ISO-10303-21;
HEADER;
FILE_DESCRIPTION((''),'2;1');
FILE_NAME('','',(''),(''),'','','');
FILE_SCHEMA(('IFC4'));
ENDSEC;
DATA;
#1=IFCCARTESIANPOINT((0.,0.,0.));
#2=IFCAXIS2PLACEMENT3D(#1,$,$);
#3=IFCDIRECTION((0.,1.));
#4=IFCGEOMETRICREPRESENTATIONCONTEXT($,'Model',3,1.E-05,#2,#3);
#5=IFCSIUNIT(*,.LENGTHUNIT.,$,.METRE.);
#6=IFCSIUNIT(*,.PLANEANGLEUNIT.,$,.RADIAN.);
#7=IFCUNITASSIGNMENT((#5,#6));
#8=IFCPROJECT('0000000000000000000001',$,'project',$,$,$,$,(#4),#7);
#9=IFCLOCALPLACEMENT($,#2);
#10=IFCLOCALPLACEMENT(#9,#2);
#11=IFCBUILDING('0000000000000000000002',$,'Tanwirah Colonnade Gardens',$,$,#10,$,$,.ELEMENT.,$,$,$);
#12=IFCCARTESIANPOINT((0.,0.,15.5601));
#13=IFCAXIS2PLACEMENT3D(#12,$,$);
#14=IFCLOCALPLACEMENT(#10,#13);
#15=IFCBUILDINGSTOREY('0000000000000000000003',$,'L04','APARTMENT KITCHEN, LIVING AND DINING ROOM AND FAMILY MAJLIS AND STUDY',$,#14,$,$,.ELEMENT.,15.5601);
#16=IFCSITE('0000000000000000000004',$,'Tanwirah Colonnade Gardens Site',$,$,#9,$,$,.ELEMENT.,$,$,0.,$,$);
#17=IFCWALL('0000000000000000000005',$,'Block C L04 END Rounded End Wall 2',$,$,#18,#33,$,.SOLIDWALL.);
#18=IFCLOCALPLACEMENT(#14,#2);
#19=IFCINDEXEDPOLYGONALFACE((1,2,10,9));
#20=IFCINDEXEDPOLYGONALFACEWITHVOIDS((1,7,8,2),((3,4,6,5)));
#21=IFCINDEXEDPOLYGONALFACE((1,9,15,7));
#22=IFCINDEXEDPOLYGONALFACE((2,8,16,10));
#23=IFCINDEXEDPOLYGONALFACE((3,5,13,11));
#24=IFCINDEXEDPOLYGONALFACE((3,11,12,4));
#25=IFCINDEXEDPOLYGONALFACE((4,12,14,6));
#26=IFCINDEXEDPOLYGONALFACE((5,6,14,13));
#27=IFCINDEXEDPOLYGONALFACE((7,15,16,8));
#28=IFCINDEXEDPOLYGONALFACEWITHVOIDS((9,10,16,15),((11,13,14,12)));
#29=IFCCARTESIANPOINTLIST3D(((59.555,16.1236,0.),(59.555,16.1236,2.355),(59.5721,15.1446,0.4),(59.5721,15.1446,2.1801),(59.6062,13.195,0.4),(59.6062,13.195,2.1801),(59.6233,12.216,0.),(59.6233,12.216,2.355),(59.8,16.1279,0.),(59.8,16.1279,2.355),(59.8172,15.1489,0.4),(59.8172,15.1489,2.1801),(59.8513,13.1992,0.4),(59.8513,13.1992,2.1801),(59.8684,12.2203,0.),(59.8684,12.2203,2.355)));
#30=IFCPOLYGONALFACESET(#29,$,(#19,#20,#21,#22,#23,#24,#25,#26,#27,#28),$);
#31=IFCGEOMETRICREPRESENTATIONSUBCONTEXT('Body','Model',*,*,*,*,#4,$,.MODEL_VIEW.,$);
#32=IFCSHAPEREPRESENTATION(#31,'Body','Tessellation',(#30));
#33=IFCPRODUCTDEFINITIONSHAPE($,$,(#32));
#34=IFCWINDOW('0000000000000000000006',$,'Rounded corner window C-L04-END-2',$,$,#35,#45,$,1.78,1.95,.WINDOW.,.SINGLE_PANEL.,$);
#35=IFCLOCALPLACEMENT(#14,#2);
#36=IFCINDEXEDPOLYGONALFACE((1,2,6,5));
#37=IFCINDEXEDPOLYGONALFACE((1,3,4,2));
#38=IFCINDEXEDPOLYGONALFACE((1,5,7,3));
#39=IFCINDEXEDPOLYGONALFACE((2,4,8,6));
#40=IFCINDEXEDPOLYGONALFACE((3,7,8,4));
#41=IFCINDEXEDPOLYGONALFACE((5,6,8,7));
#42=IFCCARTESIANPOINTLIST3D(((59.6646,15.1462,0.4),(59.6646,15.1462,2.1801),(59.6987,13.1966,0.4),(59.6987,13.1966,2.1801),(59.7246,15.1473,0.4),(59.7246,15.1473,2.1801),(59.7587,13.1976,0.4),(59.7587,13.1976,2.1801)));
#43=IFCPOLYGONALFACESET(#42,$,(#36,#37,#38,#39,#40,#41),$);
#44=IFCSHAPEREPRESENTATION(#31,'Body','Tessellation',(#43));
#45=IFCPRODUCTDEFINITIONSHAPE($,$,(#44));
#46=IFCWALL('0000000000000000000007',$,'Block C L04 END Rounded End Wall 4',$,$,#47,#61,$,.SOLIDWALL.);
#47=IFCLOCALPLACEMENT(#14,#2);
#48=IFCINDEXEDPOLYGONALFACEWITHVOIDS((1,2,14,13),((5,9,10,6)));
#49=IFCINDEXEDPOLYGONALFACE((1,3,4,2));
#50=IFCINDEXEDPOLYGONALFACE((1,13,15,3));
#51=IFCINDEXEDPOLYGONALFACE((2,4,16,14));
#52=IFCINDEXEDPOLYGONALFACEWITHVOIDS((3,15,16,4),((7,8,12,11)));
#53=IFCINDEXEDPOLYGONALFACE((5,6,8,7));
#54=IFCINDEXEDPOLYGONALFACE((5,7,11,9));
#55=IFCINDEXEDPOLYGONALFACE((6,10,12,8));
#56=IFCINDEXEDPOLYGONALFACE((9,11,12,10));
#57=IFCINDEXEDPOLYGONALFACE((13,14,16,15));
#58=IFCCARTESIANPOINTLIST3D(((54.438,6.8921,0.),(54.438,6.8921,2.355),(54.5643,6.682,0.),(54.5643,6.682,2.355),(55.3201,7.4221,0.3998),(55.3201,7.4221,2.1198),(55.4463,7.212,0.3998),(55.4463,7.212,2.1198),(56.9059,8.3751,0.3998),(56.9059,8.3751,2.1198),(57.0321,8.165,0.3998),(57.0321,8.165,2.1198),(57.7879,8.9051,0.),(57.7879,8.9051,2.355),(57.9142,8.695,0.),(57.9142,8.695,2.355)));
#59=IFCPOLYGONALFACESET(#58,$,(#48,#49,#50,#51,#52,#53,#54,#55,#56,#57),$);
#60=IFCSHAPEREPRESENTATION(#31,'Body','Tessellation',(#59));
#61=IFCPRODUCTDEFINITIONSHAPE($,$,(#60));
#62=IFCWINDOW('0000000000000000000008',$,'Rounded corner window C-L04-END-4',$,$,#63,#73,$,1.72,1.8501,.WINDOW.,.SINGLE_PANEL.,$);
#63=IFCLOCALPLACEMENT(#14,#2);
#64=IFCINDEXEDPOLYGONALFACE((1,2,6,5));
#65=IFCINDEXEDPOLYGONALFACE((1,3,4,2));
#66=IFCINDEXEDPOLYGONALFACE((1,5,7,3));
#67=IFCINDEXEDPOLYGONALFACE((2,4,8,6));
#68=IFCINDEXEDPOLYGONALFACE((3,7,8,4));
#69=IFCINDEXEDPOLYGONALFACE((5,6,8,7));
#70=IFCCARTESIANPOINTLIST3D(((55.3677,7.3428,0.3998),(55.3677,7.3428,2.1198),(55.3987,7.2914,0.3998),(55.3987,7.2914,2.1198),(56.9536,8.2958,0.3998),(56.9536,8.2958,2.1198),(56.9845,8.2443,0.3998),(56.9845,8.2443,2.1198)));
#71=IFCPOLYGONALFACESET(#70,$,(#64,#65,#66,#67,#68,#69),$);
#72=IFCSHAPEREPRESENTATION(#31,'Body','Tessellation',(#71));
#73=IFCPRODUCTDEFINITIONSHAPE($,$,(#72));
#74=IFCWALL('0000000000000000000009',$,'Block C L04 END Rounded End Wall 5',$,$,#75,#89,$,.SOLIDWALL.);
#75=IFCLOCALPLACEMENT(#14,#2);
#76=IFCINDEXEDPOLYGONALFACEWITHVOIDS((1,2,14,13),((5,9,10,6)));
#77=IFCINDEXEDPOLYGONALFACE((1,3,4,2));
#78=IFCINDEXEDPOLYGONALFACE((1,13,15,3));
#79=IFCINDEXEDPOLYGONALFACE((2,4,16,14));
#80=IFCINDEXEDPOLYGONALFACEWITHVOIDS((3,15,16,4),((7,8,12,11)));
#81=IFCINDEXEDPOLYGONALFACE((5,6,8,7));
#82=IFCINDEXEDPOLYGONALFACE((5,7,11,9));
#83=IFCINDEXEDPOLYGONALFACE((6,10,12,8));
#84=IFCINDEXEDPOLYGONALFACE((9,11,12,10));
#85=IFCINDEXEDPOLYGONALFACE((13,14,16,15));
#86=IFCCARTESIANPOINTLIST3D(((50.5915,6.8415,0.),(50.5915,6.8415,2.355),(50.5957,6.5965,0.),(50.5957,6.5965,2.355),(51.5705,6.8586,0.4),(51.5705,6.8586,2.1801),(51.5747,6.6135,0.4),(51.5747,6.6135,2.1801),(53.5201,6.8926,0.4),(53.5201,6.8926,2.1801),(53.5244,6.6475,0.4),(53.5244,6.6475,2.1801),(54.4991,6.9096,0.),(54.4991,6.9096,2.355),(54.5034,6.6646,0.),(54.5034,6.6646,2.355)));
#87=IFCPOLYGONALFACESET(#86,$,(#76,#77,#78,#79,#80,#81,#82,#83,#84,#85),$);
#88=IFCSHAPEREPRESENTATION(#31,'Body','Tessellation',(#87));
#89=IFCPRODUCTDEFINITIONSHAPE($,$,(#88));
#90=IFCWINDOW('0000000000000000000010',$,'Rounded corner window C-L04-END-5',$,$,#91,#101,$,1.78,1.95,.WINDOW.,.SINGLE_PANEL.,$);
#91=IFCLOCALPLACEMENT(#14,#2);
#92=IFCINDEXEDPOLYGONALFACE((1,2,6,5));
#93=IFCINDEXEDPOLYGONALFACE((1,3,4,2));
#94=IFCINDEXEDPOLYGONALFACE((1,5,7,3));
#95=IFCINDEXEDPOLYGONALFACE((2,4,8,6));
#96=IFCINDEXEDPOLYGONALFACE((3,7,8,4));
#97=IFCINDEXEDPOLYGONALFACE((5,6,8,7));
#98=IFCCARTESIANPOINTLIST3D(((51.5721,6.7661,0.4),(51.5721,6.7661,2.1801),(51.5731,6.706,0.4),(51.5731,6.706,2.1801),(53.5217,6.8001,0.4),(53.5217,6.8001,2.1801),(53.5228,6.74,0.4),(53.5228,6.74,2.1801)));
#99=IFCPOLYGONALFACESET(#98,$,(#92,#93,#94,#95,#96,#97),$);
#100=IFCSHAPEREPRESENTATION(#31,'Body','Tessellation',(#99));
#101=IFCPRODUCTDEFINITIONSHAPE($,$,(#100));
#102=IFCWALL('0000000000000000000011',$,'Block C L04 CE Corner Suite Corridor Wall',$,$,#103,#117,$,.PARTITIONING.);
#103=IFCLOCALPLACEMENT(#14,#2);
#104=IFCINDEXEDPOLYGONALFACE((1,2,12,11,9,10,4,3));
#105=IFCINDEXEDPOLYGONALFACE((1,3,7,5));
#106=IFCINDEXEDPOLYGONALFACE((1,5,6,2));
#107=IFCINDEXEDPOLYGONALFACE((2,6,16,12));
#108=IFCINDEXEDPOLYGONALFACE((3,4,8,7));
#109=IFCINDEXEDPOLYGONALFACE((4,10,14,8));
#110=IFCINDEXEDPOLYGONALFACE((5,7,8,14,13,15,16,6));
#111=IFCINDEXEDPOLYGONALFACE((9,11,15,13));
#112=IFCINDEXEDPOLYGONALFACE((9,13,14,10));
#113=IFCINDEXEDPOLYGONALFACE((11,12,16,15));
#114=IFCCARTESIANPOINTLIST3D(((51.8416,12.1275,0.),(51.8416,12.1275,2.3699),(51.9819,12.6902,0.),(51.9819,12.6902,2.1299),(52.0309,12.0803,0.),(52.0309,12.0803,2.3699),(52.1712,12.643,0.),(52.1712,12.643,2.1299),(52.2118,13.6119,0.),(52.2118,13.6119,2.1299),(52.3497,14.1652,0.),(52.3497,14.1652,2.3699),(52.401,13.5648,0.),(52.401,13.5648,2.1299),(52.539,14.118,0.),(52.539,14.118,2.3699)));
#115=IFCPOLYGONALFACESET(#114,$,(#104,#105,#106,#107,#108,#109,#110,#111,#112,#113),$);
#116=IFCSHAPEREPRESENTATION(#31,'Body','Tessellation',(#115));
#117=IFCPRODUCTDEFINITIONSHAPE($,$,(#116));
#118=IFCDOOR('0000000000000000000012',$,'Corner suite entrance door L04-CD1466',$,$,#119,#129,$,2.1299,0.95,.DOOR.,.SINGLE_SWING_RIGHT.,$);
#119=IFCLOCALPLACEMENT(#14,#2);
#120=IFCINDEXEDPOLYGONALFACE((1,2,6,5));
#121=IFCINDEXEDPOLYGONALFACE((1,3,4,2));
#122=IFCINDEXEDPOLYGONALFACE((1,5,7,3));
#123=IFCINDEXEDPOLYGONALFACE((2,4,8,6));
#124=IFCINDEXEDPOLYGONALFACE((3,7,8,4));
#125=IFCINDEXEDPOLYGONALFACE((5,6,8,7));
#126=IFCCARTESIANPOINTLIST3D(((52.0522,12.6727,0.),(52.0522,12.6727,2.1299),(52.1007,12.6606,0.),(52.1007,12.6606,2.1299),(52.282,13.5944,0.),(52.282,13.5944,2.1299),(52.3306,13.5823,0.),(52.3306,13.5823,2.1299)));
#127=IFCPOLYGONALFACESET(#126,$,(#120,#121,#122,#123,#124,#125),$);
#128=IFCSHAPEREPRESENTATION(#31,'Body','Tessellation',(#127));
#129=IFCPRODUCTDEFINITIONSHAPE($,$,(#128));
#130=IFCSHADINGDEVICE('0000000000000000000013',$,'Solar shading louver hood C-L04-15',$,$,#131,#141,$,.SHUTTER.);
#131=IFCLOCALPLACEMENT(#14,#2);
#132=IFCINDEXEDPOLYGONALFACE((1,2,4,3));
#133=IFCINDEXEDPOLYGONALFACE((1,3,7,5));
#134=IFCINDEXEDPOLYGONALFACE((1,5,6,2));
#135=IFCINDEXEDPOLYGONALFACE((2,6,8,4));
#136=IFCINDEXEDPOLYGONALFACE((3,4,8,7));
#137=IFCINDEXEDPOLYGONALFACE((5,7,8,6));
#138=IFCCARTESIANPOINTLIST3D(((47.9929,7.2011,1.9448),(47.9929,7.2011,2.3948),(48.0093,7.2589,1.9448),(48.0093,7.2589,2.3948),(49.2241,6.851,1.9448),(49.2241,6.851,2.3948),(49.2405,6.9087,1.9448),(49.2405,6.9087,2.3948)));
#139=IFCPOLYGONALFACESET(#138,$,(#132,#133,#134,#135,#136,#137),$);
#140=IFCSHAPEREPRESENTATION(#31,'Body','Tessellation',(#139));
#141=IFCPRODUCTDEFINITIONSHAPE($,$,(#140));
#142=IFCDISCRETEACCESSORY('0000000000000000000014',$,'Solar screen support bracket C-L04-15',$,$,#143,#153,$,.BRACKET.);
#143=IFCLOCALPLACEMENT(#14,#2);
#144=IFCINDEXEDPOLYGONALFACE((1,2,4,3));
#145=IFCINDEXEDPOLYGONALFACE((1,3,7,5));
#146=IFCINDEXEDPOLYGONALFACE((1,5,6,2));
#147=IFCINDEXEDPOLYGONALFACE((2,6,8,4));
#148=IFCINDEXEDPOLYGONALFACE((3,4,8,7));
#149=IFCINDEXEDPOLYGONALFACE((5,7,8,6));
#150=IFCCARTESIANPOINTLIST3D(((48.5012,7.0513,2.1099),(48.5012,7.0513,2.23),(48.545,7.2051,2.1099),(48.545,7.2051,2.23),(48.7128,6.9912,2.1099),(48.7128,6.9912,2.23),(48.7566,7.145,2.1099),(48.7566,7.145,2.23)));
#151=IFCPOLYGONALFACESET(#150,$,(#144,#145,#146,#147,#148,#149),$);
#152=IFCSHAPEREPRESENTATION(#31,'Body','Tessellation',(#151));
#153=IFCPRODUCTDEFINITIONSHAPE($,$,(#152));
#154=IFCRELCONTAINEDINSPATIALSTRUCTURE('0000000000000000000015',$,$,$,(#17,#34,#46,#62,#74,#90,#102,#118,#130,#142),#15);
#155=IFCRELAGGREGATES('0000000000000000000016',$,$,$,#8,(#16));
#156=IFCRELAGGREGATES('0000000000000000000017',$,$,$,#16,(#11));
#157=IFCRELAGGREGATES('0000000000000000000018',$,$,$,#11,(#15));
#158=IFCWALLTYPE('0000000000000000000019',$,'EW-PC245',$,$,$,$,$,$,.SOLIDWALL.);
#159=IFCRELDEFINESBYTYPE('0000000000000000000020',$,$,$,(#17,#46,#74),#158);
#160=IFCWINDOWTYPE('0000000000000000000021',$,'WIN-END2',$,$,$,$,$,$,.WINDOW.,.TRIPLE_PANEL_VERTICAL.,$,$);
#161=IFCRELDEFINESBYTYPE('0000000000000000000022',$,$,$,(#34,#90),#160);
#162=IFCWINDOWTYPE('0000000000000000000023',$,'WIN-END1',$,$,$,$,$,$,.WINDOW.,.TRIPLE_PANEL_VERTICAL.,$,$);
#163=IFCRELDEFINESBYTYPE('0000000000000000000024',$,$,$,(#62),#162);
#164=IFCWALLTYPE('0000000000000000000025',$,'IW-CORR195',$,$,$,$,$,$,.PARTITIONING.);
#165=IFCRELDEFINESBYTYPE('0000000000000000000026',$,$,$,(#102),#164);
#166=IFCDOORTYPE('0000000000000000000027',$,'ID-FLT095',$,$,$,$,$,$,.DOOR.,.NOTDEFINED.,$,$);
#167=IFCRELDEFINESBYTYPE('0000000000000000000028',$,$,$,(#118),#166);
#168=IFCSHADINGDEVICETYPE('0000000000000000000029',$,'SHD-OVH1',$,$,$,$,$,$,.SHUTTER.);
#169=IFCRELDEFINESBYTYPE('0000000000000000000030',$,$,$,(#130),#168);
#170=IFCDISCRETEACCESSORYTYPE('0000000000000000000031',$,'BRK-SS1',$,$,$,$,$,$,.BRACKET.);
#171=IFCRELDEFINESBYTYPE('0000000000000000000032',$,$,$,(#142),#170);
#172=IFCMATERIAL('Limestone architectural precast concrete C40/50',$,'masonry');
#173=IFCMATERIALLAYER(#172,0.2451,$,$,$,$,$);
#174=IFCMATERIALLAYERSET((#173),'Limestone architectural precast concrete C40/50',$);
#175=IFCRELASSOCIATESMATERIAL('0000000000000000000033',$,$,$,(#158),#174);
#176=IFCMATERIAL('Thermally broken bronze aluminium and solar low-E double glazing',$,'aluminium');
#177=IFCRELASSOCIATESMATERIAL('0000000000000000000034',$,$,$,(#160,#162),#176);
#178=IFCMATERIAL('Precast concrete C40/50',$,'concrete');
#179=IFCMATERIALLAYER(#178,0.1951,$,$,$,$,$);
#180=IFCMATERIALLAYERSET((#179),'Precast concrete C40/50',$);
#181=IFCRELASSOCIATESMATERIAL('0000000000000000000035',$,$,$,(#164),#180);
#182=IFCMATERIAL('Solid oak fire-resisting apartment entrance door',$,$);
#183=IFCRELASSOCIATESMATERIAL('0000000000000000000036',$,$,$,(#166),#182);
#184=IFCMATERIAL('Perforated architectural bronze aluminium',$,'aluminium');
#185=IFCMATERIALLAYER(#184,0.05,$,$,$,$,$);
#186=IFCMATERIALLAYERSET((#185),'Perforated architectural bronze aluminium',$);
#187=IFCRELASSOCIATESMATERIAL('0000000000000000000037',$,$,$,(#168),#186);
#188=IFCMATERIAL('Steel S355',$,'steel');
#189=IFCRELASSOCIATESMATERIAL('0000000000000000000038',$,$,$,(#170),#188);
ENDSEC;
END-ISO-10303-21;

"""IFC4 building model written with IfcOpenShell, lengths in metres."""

from ifc_helpers import new_model, si_unit, direction, frame, frame_2d, origin, origin_2d, place, context, subcontext, project, spatial, rectangle, extrude, material, layer, layer_set, type_object, element, fill, save


model = new_model("IFC4")

# Units and contexts
model_context = context("Model", 3, precision=1e-05, world=origin(), true_north=direction((0.0, 1.0)))
body_context = subcontext(model_context, "Body", "Model", "MODEL_VIEW")
ifc_project = project(units=[si_unit("LENGTHUNIT", "METRE"), si_unit("PLANEANGLEUNIT", "RADIAN")], contexts=[model_context])

# Site, building, storey
site_placement = place(None, origin())
site = spatial("IfcSite", under=ifc_project, at=site_placement, Name="Tanwirah Colonnade Gardens Site", CompositionType="ELEMENT", RefElevation=0.0)
building_placement = place(site_placement, origin())
building = spatial("IfcBuilding", under=site, at=building_placement, Name="Tanwirah Colonnade Gardens", CompositionType="ELEMENT")
storey_placement = place(building_placement, frame((0.0, 0.0, 15.5601)))
storey = spatial("IfcBuildingStorey", under=building, at=storey_placement, Name="L04", Description="APARTMENT KITCHEN, LIVING AND DINING ROOM AND FAMILY MAJLIS AND STUDY", CompositionType="ELEMENT", Elevation=15.5601)

# Shared definitions
ifc_material_1 = material(Name="Precast concrete C40/50", Category="concrete")

# Walls, openings, windows
ifc_material_2 = material(Name="Limestone architectural precast concrete C40/50", Category="masonry")
ifc_layer_1 = layer(ifc_material_2, 0.2451)
ifc_layer_set_1 = layer_set([ifc_layer_1], Name="Limestone architectural precast concrete C40/50")
wall_type_1 = type_object("IfcWallType", Name="EW-PC245", PredefinedType="SOLIDWALL", material=ifc_layer_set_1)
wall_1_placement = place(storey_placement, frame((59.6775, 16.1257, 0.0), z_axis=(0.0, 0.0, 1.0), x_axis=(0.017491, -0.999847, 0.0)))
wall_1 = element("IfcWall", 1, at=wall_1_placement, inside=storey, type_object=wall_type_1, Name="Block C L04 END Rounded End Wall 2", PredefinedType="SOLIDWALL", context=body_context, shape_type="SweptSolid", body=[
    extrude(rectangle(XDim=3.9082, YDim=0.2451, at=frame_2d((1.9541, 0.0))), origin(), (0.0, 0.0, 1.0), 2.355),
])
opening_1_placement = place(wall_1_placement, frame((0.979, 0.0, 0.3999)))
opening_1 = element("IfcOpeningElement", 2, at=opening_1_placement, cuts=wall_1, PredefinedType="OPENING", context=body_context, shape_type="SweptSolid", body=[
    extrude(rectangle(XDim=1.95, YDim=1.78, at=frame_2d((0.9751, 0.8901))), frame((0.0, 0.1326, 0.0), z_axis=(0.0, -1.0, 0.0), x_axis=(1.0, 0.0, 0.0)), (0.0, 0.0, 1.0), 0.2651),
])
ifc_material_3 = material(Name="Thermally broken bronze aluminium and solar low-E double glazing", Category="aluminium")
window_type_1 = type_object("IfcWindowType", Name="WIN-END2", PartitioningType="TRIPLE_PANEL_VERTICAL", PredefinedType="WINDOW", material=ifc_material_3)
window_1_placement = place(opening_1_placement, origin())
window_1 = element("IfcWindow", 3, at=window_1_placement, inside=storey, type_object=window_type_1, Name="Rounded corner window C-L04-END-2", OverallHeight=1.78, OverallWidth=1.95, PartitioningType="SINGLE_PANEL", PredefinedType="WINDOW", context=body_context, shape_type="SweptSolid", body=[
    extrude(rectangle(XDim=1.95, YDim=1.78, at=frame_2d((0.9751, 0.8901))), frame((0.0, 0.03, 0.0), z_axis=(0.0, -1.0, 0.0), x_axis=(1.0, 0.0, 0.0)), (0.0, 0.0, 1.0), 0.0601),
])
fill(opening_1, window_1)
wall_2_placement = place(storey_placement, frame((57.8511, 8.8, 0.0), z_axis=(0.0, 0.0, 1.0), x_axis=(-0.857151, -0.515065, 0.0)))
wall_2 = element("IfcWall", 4, at=wall_2_placement, inside=storey, type_object=wall_type_1, Name="Block C L04 END Rounded End Wall 4", PredefinedType="SOLIDWALL", context=body_context, shape_type="SweptSolid", body=[
    extrude(rectangle(XDim=3.9082, YDim=0.2451, at=frame_2d((1.9541, 0.0))), origin(), (0.0, 0.0, 1.0), 2.355),
])
opening_2_placement = place(wall_2_placement, frame((1.0291, 0.0, 0.3999)))
opening_2 = element("IfcOpeningElement", 5, at=opening_2_placement, cuts=wall_2, PredefinedType="OPENING", context=body_context, shape_type="SweptSolid", body=[
    extrude(rectangle(XDim=1.8501, YDim=1.72, at=frame_2d((0.925, 0.8599))), frame((0.0, 0.1326, 0.0), z_axis=(0.0, -1.0, 0.0), x_axis=(1.0, 0.0, 0.0)), (0.0, 0.0, 1.0), 0.2651),
])
window_type_2 = type_object("IfcWindowType", Name="WIN-END1", PartitioningType="TRIPLE_PANEL_VERTICAL", PredefinedType="WINDOW", material=ifc_material_3)
window_2_placement = place(opening_2_placement, origin())
window_2 = element("IfcWindow", 6, at=window_2_placement, inside=storey, type_object=window_type_2, Name="Rounded corner window C-L04-END-4", OverallHeight=1.72, OverallWidth=1.8501, PartitioningType="SINGLE_PANEL", PredefinedType="WINDOW", context=body_context, shape_type="SweptSolid", body=[
    extrude(rectangle(XDim=1.8501, YDim=1.72, at=frame_2d((0.925, 0.8599))), frame((0.0, 0.03, 0.0), z_axis=(0.0, -1.0, 0.0), x_axis=(1.0, 0.0, 0.0)), (0.0, 0.0, 1.0), 0.0601),
])
fill(opening_2, window_2)
wall_3_placement = place(storey_placement, frame((54.5012, 6.7871, 0.0), z_axis=(0.0, 0.0, 1.0), x_axis=(-0.999848, -0.017428, 0.0)))
wall_3 = element("IfcWall", 7, at=wall_3_placement, inside=storey, type_object=wall_type_1, Name="Block C L04 END Rounded End Wall 5", PredefinedType="SOLIDWALL", context=body_context, shape_type="SweptSolid", body=[
    extrude(rectangle(XDim=3.9082, YDim=0.2451, at=frame_2d((1.9541, 0.0))), origin(), (0.0, 0.0, 1.0), 2.355),
])
opening_3_placement = place(wall_3_placement, frame((0.979, 0.0, 0.3999)))
opening_3 = element("IfcOpeningElement", 8, at=opening_3_placement, cuts=wall_3, PredefinedType="OPENING", context=body_context, shape_type="SweptSolid", body=[
    extrude(rectangle(XDim=1.95, YDim=1.78, at=frame_2d((0.9751, 0.8901))), frame((0.0, 0.1326, 0.0), z_axis=(0.0, -1.0, 0.0), x_axis=(1.0, 0.0, 0.0)), (0.0, 0.0, 1.0), 0.2651),
])
window_3_placement = place(opening_3_placement, origin())
window_3 = element("IfcWindow", 9, at=window_3_placement, inside=storey, type_object=window_type_1, Name="Rounded corner window C-L04-END-5", OverallHeight=1.78, OverallWidth=1.95, PartitioningType="SINGLE_PANEL", PredefinedType="WINDOW", context=body_context, shape_type="SweptSolid", body=[
    extrude(rectangle(XDim=1.95, YDim=1.78, at=frame_2d((0.9751, 0.8901))), frame((0.0, 0.03, 0.0), z_axis=(0.0, -1.0, 0.0), x_axis=(1.0, 0.0, 0.0)), (0.0, 0.0, 1.0), 0.0601),
])
fill(opening_3, window_3)

# Wall, opening, door
ifc_layer_2 = layer(ifc_material_1, 0.1951)
ifc_layer_set_2 = layer_set([ifc_layer_2], Name="Precast concrete C40/50")
wall_type_2 = type_object("IfcWallType", Name="IW-CORR195", PredefinedType="PARTITIONING", material=ifc_layer_set_2)
ifc_material_4 = material(Name="Solid oak fire-resisting apartment entrance door")
wall_4_placement = place(storey_placement, frame((52.4443, 14.1416, 0.0), z_axis=(0.0, 0.0, 1.0), x_axis=(-0.241934, -0.970293, 0.0)))
wall_4 = element("IfcWall", 10, at=wall_4_placement, inside=storey, type_object=wall_type_2, Name="Block C L04 CE Corner Suite Corridor Wall", PredefinedType="PARTITIONING", context=body_context, shape_type="SweptSolid", body=[
    extrude(rectangle(XDim=2.1001, YDim=0.1951, at=frame_2d((1.05, 0.0))), origin(), (0.0, 0.0, 1.0), 2.3699),
])
opening_4_placement = place(wall_4_placement, frame((0.5701, 0.0, 0.0)))
opening_4 = element("IfcOpeningElement", 11, at=opening_4_placement, cuts=wall_4, PredefinedType="OPENING", context=body_context, shape_type="SweptSolid", body=[
    extrude(rectangle(XDim=0.95, YDim=2.1299, at=frame_2d((0.4751, 1.0649))), frame((0.0, 0.1074, 0.0), z_axis=(0.0, -1.0, 0.0), x_axis=(1.0, 0.0, 0.0)), (0.0, 0.0, 1.0), 0.2151),
])
door_type_1 = type_object("IfcDoorType", Name="ID-FLT095", OperationType="NOTDEFINED", PredefinedType="DOOR", material=ifc_material_4)
door_1_placement = place(opening_4_placement, origin())
door_1 = element("IfcDoor", 12, at=door_1_placement, inside=storey, type_object=door_type_1, Name="Corner suite entrance door L04-CD1466", OperationType="SINGLE_SWING_RIGHT", OverallHeight=2.1299, OverallWidth=0.95, PredefinedType="DOOR", context=body_context, shape_type="SweptSolid", body=[
    extrude(rectangle(XDim=0.95, YDim=2.1299, at=frame_2d((0.4751, 1.0649))), frame((0.0, 0.0249, 0.0), z_axis=(0.0, -1.0, 0.0), x_axis=(1.0, 0.0, 0.0)), (0.0, 0.0, 1.0), 0.05),
])
fill(opening_4, door_1)

# Shading device
ifc_material_5 = material(Name="Perforated architectural bronze aluminium", Category="aluminium")
ifc_layer_3 = layer(ifc_material_5, 0.05)
ifc_layer_set_3 = layer_set([ifc_layer_3], Name="Perforated architectural bronze aluminium")
shading_device_type = type_object("IfcShadingDeviceType", Name="SHD-OVH1", PredefinedType="SHUTTER", material=ifc_layer_set_3)
shading_device_placement = place(storey_placement, frame((48.6167, 7.0549, 1.9448), z_axis=(0.0, 0.0, 1.0), x_axis=(0.961861, -0.273539, 0.0)))
element("IfcShadingDevice", 13, at=shading_device_placement, inside=storey, type_object=shading_device_type, Name="Solar shading louver hood C-L04-15", PredefinedType="SHUTTER", context=body_context, shape_type="SweptSolid", body=[
    extrude(rectangle(XDim=1.28, YDim=0.0601, at=origin_2d()), origin(), (0.0, 0.0, 1.0), 0.45),
])

# Discrete accessory
ifc_material_6 = material(Name="Steel S355", Category="steel")
discrete_accessory_type = type_object("IfcDiscreteAccessoryType", Name="BRK-SS1", PredefinedType="BRACKET", material=ifc_material_6)
discrete_accessory_placement = place(storey_placement, frame((48.6289, 7.0981, 2.1099), z_axis=(0.0, 0.0, 1.0), x_axis=(0.961861, -0.273539, 0.0)))
element("IfcDiscreteAccessory", 14, at=discrete_accessory_placement, inside=storey, type_object=discrete_accessory_type, Name="Solar screen support bracket C-L04-15", PredefinedType="BRACKET", context=body_context, shape_type="SweptSolid", body=[
    extrude(rectangle(XDim=0.22, YDim=0.1599, at=origin_2d()), origin(), (0.0, 0.0, 1.0), 0.1201),
])

save(model, "model.ifc")
